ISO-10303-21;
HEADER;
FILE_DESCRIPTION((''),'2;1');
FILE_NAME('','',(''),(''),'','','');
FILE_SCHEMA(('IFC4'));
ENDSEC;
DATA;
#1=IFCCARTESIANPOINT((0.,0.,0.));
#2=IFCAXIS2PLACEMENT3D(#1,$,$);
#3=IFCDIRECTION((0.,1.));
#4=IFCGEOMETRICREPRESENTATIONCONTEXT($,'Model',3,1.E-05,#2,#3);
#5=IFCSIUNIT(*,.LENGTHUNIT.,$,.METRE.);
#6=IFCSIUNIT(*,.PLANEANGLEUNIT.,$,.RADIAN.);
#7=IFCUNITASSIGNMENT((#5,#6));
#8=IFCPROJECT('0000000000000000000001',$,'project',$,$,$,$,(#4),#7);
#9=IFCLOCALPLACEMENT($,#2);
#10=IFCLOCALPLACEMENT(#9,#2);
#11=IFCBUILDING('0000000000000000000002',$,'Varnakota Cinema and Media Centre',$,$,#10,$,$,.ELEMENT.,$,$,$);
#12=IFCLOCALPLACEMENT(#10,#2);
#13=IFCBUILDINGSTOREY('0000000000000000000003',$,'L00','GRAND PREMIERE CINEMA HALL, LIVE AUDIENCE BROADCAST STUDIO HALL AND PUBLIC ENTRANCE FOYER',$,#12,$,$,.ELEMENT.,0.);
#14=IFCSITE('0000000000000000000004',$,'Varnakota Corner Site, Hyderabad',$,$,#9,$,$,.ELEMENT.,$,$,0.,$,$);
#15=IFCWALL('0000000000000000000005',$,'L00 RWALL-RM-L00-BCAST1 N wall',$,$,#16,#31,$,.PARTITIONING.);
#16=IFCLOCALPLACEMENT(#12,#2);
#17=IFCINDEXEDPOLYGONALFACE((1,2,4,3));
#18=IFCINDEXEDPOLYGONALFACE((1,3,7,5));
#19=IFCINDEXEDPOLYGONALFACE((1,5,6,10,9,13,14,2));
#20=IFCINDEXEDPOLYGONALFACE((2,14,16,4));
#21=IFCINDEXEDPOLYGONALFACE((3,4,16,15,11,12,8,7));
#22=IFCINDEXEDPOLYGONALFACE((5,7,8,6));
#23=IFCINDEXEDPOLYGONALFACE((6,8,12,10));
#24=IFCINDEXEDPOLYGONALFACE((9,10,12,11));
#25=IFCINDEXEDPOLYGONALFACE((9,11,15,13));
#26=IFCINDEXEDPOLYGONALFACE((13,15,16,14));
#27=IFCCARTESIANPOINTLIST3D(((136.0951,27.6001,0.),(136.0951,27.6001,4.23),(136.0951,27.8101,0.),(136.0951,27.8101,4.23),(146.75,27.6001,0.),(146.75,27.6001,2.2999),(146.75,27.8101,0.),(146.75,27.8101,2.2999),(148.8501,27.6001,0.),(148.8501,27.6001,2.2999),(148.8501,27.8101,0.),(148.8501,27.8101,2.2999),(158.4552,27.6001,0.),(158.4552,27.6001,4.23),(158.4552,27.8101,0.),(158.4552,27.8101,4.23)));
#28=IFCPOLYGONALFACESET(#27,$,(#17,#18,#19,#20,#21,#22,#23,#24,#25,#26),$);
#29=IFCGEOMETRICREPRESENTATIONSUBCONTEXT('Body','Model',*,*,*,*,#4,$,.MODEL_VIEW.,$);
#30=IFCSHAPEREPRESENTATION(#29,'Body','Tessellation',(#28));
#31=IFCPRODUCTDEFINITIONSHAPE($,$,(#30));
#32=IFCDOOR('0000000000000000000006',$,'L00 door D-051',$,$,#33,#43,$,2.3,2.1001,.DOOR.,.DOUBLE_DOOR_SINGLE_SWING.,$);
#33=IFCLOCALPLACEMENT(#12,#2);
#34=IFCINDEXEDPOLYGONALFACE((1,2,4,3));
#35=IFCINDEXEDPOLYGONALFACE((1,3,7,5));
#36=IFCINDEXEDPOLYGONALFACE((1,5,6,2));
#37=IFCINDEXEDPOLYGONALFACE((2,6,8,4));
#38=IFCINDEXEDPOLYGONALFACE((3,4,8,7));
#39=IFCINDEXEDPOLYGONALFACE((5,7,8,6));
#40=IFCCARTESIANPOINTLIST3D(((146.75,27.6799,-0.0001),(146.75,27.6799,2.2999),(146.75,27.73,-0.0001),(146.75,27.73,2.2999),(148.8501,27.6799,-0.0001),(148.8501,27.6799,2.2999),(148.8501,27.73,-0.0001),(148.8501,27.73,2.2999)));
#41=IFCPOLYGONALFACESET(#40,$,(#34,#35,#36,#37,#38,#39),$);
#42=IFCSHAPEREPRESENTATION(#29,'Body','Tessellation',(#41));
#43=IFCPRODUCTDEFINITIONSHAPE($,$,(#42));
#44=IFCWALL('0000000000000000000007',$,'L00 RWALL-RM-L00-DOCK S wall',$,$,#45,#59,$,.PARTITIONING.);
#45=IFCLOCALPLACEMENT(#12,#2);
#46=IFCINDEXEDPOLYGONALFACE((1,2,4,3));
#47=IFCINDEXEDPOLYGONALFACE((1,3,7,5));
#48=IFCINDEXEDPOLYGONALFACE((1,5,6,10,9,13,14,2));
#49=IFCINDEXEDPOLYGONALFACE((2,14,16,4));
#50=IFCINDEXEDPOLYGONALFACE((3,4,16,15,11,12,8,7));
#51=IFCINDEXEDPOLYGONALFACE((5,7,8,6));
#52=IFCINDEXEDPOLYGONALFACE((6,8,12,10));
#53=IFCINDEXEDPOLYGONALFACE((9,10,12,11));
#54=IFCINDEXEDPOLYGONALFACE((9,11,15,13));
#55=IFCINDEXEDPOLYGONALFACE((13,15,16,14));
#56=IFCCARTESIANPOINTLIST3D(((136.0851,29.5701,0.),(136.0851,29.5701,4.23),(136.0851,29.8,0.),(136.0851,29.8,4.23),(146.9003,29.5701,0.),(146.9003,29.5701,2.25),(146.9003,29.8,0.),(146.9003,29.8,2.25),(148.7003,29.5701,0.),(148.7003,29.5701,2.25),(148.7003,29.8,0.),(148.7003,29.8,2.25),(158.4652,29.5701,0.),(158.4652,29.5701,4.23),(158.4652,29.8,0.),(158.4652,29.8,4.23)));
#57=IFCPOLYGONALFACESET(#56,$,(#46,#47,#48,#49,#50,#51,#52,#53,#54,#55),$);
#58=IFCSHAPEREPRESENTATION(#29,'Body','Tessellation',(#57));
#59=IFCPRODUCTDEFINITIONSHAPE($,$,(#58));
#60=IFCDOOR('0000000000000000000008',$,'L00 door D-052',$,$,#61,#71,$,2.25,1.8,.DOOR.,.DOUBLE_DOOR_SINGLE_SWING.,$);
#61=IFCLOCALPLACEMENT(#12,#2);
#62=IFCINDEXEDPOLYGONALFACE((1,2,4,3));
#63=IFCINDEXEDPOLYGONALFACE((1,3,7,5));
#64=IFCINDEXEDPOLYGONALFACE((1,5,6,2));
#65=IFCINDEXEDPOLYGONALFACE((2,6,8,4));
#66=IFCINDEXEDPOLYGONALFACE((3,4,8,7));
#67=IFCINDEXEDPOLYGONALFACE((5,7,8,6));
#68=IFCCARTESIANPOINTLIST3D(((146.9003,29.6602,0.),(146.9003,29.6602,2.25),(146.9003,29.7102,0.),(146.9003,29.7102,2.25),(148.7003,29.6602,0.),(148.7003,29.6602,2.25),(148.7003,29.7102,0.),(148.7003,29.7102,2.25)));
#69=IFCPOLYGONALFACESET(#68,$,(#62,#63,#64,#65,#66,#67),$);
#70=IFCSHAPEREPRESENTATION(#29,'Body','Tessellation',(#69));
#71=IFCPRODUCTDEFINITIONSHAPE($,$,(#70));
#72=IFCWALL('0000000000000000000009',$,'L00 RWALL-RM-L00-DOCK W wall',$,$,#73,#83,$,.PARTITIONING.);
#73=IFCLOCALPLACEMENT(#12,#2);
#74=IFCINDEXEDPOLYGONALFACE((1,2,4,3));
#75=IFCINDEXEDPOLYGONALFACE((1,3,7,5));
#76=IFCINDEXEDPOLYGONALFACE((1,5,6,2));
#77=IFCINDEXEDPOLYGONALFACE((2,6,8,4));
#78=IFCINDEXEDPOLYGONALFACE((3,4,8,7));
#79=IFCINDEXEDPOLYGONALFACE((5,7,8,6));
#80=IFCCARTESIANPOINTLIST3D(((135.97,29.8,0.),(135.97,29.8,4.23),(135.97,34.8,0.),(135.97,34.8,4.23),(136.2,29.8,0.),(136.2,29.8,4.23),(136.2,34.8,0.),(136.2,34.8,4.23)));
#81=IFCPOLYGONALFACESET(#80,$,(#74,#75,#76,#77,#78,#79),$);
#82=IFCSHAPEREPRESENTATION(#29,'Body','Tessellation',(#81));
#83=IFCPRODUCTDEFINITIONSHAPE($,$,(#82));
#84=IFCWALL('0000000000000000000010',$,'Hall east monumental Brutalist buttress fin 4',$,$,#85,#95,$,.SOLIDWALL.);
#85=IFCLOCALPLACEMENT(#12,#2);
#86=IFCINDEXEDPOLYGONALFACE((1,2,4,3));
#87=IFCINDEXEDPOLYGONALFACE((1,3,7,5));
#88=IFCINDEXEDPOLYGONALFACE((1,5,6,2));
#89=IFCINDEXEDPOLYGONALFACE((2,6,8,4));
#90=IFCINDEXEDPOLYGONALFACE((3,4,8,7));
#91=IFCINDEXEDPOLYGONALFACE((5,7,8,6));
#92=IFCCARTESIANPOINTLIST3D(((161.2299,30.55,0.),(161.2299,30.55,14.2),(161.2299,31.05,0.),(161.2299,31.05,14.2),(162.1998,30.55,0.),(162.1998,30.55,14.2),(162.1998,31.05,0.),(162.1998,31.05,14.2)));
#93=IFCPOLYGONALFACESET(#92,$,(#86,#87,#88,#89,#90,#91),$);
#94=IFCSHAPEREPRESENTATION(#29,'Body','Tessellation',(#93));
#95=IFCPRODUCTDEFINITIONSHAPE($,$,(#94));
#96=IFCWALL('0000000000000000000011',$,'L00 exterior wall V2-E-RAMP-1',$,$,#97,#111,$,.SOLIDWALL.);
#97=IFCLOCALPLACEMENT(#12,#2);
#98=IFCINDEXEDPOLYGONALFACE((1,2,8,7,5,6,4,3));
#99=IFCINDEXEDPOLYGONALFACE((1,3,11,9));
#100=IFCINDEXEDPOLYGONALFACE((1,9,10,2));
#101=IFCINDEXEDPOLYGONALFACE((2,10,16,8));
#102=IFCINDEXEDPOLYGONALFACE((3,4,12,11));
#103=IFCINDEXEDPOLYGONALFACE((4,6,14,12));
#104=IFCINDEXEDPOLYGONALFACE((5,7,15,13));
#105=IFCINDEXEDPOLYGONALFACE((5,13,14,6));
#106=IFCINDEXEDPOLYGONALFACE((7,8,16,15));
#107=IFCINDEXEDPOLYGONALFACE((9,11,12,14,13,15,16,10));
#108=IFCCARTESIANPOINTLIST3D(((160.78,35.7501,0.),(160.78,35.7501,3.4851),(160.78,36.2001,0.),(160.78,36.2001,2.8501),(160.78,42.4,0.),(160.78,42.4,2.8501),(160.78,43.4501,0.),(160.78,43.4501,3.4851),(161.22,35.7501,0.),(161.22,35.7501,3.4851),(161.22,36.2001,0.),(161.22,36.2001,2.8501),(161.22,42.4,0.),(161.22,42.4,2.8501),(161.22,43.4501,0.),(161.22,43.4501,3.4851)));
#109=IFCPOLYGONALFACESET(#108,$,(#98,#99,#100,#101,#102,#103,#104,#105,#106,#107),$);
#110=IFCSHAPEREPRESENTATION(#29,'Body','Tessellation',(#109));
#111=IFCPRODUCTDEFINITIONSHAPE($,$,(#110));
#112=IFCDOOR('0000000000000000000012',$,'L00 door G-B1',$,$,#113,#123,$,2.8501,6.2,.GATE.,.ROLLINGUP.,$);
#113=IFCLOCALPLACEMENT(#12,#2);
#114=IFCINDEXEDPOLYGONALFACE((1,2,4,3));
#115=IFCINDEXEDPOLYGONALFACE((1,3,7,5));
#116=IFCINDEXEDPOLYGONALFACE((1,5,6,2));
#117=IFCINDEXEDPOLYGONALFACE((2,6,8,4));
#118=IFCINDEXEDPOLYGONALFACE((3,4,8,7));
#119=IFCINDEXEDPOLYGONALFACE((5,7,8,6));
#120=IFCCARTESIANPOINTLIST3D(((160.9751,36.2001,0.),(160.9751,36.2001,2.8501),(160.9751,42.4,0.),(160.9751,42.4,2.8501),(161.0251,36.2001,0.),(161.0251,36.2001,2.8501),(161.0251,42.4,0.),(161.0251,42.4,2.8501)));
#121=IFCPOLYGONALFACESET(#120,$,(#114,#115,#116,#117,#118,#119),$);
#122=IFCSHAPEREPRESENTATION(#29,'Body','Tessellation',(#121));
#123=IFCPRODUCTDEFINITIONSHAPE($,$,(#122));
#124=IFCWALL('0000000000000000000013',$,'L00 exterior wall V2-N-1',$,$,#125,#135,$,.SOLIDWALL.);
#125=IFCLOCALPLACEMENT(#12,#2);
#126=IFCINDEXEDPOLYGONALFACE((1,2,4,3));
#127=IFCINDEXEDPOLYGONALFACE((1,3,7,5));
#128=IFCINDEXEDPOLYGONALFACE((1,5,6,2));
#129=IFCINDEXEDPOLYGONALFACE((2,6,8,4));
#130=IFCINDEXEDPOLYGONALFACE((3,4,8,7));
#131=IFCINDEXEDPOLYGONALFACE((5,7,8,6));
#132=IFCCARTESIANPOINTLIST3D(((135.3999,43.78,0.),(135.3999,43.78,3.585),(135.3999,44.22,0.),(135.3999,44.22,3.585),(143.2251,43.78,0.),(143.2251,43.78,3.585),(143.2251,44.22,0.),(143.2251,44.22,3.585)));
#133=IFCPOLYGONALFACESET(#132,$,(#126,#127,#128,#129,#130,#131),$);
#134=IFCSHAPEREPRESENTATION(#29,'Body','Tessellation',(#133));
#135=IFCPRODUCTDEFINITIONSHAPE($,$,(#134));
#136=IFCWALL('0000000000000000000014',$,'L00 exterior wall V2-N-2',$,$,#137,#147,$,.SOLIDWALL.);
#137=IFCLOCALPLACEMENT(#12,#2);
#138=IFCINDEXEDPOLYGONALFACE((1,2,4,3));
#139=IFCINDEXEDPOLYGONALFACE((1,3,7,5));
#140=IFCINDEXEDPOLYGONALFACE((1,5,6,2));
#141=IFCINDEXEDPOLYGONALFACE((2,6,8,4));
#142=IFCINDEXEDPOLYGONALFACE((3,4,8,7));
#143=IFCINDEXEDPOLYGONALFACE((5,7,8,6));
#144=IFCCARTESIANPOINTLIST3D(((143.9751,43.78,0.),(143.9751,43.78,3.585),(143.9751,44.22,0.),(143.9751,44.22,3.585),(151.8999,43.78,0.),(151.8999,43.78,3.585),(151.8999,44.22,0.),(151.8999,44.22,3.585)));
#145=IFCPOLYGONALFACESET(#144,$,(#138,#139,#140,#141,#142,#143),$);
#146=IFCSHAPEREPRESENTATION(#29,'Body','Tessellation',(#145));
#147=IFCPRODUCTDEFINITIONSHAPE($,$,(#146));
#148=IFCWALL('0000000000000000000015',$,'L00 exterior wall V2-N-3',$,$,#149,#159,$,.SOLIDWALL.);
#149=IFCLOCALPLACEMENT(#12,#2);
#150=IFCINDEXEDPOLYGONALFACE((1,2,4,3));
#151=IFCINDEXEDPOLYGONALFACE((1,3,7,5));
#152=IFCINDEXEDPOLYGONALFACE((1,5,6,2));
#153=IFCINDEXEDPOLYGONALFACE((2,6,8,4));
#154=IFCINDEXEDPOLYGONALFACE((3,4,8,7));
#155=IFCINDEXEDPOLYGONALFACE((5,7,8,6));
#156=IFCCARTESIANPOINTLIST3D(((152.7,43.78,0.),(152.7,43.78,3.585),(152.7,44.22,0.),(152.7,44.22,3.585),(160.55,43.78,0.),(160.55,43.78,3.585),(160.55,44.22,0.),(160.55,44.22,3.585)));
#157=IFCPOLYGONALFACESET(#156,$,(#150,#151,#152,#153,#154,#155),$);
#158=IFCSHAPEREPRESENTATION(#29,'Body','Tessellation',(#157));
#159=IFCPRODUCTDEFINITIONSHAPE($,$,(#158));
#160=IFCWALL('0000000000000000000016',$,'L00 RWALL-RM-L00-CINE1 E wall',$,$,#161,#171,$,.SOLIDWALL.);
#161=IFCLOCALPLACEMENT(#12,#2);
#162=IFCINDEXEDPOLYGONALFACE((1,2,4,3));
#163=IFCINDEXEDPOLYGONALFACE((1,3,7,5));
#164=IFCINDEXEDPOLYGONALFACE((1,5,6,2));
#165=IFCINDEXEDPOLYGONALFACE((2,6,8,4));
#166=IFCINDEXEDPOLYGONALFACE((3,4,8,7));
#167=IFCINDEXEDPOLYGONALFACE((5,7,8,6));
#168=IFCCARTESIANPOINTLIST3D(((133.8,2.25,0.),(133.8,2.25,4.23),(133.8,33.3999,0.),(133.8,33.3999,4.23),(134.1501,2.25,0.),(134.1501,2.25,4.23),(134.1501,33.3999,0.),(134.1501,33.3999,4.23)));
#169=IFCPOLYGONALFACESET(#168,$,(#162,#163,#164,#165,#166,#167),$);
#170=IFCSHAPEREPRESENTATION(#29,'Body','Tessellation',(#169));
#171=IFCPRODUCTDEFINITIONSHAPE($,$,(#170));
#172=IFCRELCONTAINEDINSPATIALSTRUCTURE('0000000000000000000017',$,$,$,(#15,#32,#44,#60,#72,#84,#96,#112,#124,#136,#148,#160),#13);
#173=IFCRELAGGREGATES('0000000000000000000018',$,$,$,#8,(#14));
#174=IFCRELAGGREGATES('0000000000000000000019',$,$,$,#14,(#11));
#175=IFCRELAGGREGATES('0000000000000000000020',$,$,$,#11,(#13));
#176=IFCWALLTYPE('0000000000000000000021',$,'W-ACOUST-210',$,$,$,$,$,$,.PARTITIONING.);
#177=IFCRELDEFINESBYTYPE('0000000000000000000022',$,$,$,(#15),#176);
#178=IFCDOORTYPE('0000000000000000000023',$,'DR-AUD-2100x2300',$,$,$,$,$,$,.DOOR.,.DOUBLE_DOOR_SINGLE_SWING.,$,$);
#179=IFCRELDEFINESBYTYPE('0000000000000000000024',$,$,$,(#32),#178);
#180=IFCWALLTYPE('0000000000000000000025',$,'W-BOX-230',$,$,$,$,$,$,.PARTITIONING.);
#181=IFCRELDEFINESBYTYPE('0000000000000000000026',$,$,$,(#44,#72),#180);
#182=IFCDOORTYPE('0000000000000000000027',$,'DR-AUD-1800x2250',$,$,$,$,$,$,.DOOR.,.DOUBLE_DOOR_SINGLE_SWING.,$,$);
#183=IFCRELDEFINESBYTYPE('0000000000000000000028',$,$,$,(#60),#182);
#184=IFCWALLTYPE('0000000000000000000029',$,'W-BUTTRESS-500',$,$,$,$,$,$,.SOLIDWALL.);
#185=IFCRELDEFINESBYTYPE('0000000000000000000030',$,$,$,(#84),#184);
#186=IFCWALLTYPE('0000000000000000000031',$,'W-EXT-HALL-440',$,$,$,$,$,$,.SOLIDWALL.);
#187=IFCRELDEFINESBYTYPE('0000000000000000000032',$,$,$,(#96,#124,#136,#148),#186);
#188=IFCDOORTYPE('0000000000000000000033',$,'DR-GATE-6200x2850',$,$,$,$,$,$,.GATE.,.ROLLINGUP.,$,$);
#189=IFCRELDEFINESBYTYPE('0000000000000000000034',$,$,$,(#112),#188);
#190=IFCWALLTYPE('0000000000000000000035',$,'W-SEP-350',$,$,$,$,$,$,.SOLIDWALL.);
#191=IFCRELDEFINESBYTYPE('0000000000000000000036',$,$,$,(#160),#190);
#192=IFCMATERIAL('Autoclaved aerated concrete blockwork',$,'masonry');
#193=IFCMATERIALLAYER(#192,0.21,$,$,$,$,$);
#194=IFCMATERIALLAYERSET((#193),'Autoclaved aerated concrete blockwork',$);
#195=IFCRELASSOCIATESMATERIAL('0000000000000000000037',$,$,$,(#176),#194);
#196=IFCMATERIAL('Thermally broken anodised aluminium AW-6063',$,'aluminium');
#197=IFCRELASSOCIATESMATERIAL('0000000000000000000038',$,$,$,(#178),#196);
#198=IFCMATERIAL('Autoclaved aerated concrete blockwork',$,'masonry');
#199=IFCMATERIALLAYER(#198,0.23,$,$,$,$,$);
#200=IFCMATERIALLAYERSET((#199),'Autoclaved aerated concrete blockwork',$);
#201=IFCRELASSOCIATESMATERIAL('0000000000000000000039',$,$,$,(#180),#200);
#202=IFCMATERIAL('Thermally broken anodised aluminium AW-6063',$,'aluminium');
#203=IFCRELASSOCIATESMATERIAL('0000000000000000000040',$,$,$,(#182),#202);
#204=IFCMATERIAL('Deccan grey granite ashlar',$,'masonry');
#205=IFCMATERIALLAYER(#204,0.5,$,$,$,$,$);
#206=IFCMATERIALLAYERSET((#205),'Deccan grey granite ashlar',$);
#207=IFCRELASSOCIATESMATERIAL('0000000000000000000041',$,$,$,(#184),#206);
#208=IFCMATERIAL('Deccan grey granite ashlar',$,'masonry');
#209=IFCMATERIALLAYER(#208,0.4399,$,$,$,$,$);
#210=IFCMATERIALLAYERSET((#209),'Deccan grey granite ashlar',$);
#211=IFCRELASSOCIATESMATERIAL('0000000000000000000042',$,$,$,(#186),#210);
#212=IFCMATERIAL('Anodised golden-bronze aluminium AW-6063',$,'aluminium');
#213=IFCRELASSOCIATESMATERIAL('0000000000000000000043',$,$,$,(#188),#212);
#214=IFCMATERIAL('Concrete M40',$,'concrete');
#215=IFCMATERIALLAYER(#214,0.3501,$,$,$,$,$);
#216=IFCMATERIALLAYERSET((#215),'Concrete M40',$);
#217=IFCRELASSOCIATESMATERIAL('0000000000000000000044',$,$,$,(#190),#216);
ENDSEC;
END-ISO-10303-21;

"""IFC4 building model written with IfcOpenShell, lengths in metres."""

from ifc_helpers import new_model, si_unit, direction, frame, frame_2d, origin, place, context, subcontext, project, spatial, rectangle, extrude, material, layer, layer_set, type_object, element, fill, save


model = new_model("IFC4")

# Units and contexts
model_context = context("Model", 3, precision=1e-05, world=origin(), true_north=direction((0.0, 1.0)))
body_context = subcontext(model_context, "Body", "Model", "MODEL_VIEW")
ifc_project = project(units=[si_unit("LENGTHUNIT", "METRE"), si_unit("PLANEANGLEUNIT", "RADIAN")], contexts=[model_context])

# Site, building, storey
site_placement = place(None, origin())
site = spatial("IfcSite", under=ifc_project, at=site_placement, Name="Varnakota Corner Site, Hyderabad", CompositionType="ELEMENT", RefElevation=0.0)
building_placement = place(site_placement, origin())
building = spatial("IfcBuilding", under=site, at=building_placement, Name="Varnakota Cinema and Media Centre", CompositionType="ELEMENT")
storey_placement = place(building_placement, origin())
storey = spatial("IfcBuildingStorey", under=building, at=storey_placement, Name="L00", Description="GRAND PREMIERE CINEMA HALL, LIVE AUDIENCE BROADCAST STUDIO HALL AND PUBLIC ENTRANCE FOYER", CompositionType="ELEMENT", Elevation=0.0)

# Walls, openings, doors
ifc_material_1 = material(Name="Autoclaved aerated concrete blockwork", Category="masonry")
ifc_layer_1 = layer(ifc_material_1, 0.21)
ifc_layer_set_1 = layer_set([ifc_layer_1], Name="Autoclaved aerated concrete blockwork")
wall_type_1 = type_object("IfcWallType", Name="W-ACOUST-210", PredefinedType="PARTITIONING", material=ifc_layer_set_1)
wall_1_placement = place(storey_placement, frame((136.095, 27.7051, 0.0), z_axis=(0.0, 0.0, 1.0), x_axis=(1.0, 0.0, 0.0)))
wall_1 = element("IfcWall", 1, at=wall_1_placement, inside=storey, type_object=wall_type_1, Name="L00 RWALL-RM-L00-BCAST1 N wall", PredefinedType="PARTITIONING", context=body_context, shape_type="SweptSolid", body=[
    extrude(rectangle(XDim=22.3601, YDim=0.21, at=frame_2d((11.1802, 0.0))), origin(), (0.0, 0.0, 1.0), 4.23),
])
opening_1_placement = place(wall_1_placement, frame((10.655, 0.0, 0.0)))
opening_1 = element("IfcOpeningElement", 2, at=opening_1_placement, cuts=wall_1, PredefinedType="OPENING", context=body_context, shape_type="SweptSolid", body=[
    extrude(rectangle(XDim=2.1001, YDim=2.3, at=frame_2d((1.05, 1.1499))), frame((0.0, 0.105, 0.0), z_axis=(0.0, -1.0, 0.0), x_axis=(1.0, 0.0, 0.0)), (0.0, 0.0, 1.0), 0.21),
])
ifc_material_2 = material(Name="Thermally broken anodised aluminium AW-6063", Category="aluminium")
door_type_1 = type_object("IfcDoorType", Name="DR-AUD-2100x2300", OperationType="DOUBLE_DOOR_SINGLE_SWING", PredefinedType="DOOR", material=ifc_material_2)
door_1_placement = place(opening_1_placement, origin())
door_1 = element("IfcDoor", 3, at=door_1_placement, inside=storey, type_object=door_type_1, Name="L00 door D-051", OperationType="DOUBLE_DOOR_SINGLE_SWING", OverallHeight=2.3, OverallWidth=2.1001, PredefinedType="DOOR", context=body_context, shape_type="SweptSolid", body=[
    extrude(rectangle(XDim=2.1001, YDim=2.3, at=frame_2d((1.05, 1.1499))), frame((0.0, 0.0249, 0.0), z_axis=(0.0, -1.0, 0.0), x_axis=(1.0, 0.0, 0.0)), (0.0, 0.0, 1.0), 0.05),
])
fill(opening_1, door_1)
ifc_material_3 = material(Name="Autoclaved aerated concrete blockwork", Category="masonry")
ifc_layer_2 = layer(ifc_material_3, 0.23)
ifc_layer_set_2 = layer_set([ifc_layer_2], Name="Autoclaved aerated concrete blockwork")
wall_type_2 = type_object("IfcWallType", Name="W-BOX-230", PredefinedType="PARTITIONING", material=ifc_layer_set_2)
wall_2_placement = place(storey_placement, frame((158.4651, 29.6851, 0.0), z_axis=(0.0, 0.0, 1.0), x_axis=(-1.0, 0.0, 0.0)))
wall_2 = element("IfcWall", 4, at=wall_2_placement, inside=storey, type_object=wall_type_2, Name="L00 RWALL-RM-L00-DOCK S wall", PredefinedType="PARTITIONING", context=body_context, shape_type="SweptSolid", body=[
    extrude(rectangle(XDim=22.3801, YDim=0.23, at=frame_2d((11.1899, 0.0))), origin(), (0.0, 0.0, 1.0), 4.23),
])
opening_2_placement = place(wall_2_placement, frame((9.7649, 0.0, 0.0)))
opening_2 = element("IfcOpeningElement", 5, at=opening_2_placement, cuts=wall_2, PredefinedType="OPENING", context=body_context, shape_type="SweptSolid", body=[
    extrude(rectangle(XDim=1.8, YDim=2.25, at=frame_2d((0.8999, 1.125))), frame((0.0, 0.115, 0.0), z_axis=(0.0, -1.0, 0.0), x_axis=(1.0, 0.0, 0.0)), (0.0, 0.0, 1.0), 0.23),
])
ifc_material_4 = material(Name="Thermally broken anodised aluminium AW-6063", Category="aluminium")
door_type_2 = type_object("IfcDoorType", Name="DR-AUD-1800x2250", OperationType="DOUBLE_DOOR_SINGLE_SWING", PredefinedType="DOOR", material=ifc_material_4)
door_2_placement = place(opening_2_placement, origin())
door_2 = element("IfcDoor", 6, at=door_2_placement, inside=storey, type_object=door_type_2, Name="L00 door D-052", OperationType="DOUBLE_DOOR_SINGLE_SWING", OverallHeight=2.25, OverallWidth=1.8, PredefinedType="DOOR", context=body_context, shape_type="SweptSolid", body=[
    extrude(rectangle(XDim=1.8, YDim=2.25, at=frame_2d((0.8999, 1.125))), frame((0.0, 0.0249, 0.0), z_axis=(0.0, -1.0, 0.0), x_axis=(1.0, 0.0, 0.0)), (0.0, 0.0, 1.0), 0.05),
])
fill(opening_2, door_2)

# Walls
wall_3_placement = place(storey_placement, frame((136.085, 29.8, 0.0), z_axis=(0.0, 0.0, 1.0), x_axis=(0.0, 1.0, 0.0)))
element("IfcWall", 7, at=wall_3_placement, inside=storey, type_object=wall_type_2, Name="L00 RWALL-RM-L00-DOCK W wall", PredefinedType="PARTITIONING", context=body_context, shape_type="SweptSolid", body=[
    extrude(rectangle(XDim=5.0, YDim=0.23, at=frame_2d((2.5, 0.0))), origin(), (0.0, 0.0, 1.0), 4.23),
])
ifc_material_5 = material(Name="Deccan grey granite ashlar", Category="masonry")
ifc_layer_3 = layer(ifc_material_5, 0.5)
ifc_layer_set_3 = layer_set([ifc_layer_3], Name="Deccan grey granite ashlar")
wall_type_3 = type_object("IfcWallType", Name="W-BUTTRESS-500", PredefinedType="SOLIDWALL", material=ifc_layer_set_3)
wall_4_placement = place(storey_placement, frame((161.23, 30.8, 0.0), z_axis=(0.0, 0.0, 1.0), x_axis=(1.0, 0.0, 0.0)))
element("IfcWall", 8, at=wall_4_placement, inside=storey, type_object=wall_type_3, Name="Hall east monumental Brutalist buttress fin 4", PredefinedType="SOLIDWALL", context=body_context, shape_type="SweptSolid", body=[
    extrude(rectangle(XDim=0.97, YDim=0.5, at=frame_2d((0.4849, 0.0))), origin(), (0.0, 0.0, 1.0), 14.2),
])

# Wall, opening, door
ifc_material_6 = material(Name="Deccan grey granite ashlar", Category="masonry")
ifc_layer_4 = layer(ifc_material_6, 0.4399)
ifc_layer_set_4 = layer_set([ifc_layer_4], Name="Deccan grey granite ashlar")
wall_type_4 = type_object("IfcWallType", Name="W-EXT-HALL-440", PredefinedType="SOLIDWALL", material=ifc_layer_set_4)
wall_5_placement = place(storey_placement, frame((161.0, 35.75, 0.0), z_axis=(0.0, 0.0, 1.0), x_axis=(0.0, 1.0, 0.0)))
wall_5 = element("IfcWall", 9, at=wall_5_placement, inside=storey, type_object=wall_type_4, Name="L00 exterior wall V2-E-RAMP-1", PredefinedType="SOLIDWALL", context=body_context, shape_type="SweptSolid", body=[
    extrude(rectangle(XDim=7.7, YDim=0.4399, at=frame_2d((3.8501, 0.0))), origin(), (0.0, 0.0, 1.0), 3.4851),
])
opening_3_placement = place(wall_5_placement, frame((0.45, 0.0, 0.0)))
opening_3 = element("IfcOpeningElement", 10, at=opening_3_placement, cuts=wall_5, PredefinedType="OPENING", context=body_context, shape_type="SweptSolid", body=[
    extrude(rectangle(XDim=6.2, YDim=2.8501, at=frame_2d((3.1001, 1.425))), frame((0.0, 0.22, 0.0), z_axis=(0.0, -1.0, 0.0), x_axis=(1.0, 0.0, 0.0)), (0.0, 0.0, 1.0), 0.4399),
])
ifc_material_7 = material(Name="Anodised golden-bronze aluminium AW-6063", Category="aluminium")
door_type_3 = type_object("IfcDoorType", Name="DR-GATE-6200x2850", OperationType="ROLLINGUP", PredefinedType="GATE", material=ifc_material_7)
door_3_placement = place(opening_3_placement, origin())
door_3 = element("IfcDoor", 11, at=door_3_placement, inside=storey, type_object=door_type_3, Name="L00 door G-B1", OperationType="ROLLINGUP", OverallHeight=2.8501, OverallWidth=6.2, PredefinedType="GATE", context=body_context, shape_type="SweptSolid", body=[
    extrude(rectangle(XDim=6.2, YDim=2.8501, at=frame_2d((3.1001, 1.425))), frame((0.0, 0.0249, 0.0), z_axis=(0.0, -1.0, 0.0), x_axis=(1.0, 0.0, 0.0)), (0.0, 0.0, 1.0), 0.05),
])
fill(opening_3, door_3)

# Walls
wall_6_placement = place(storey_placement, frame((135.3999, 44.0, 0.0), z_axis=(0.0, 0.0, 1.0), x_axis=(1.0, 0.0, 0.0)))
element("IfcWall", 12, at=wall_6_placement, inside=storey, type_object=wall_type_4, Name="L00 exterior wall V2-N-1", PredefinedType="SOLIDWALL", context=body_context, shape_type="SweptSolid", body=[
    extrude(rectangle(XDim=7.8252, YDim=0.4399, at=frame_2d((3.9126, 0.0))), origin(), (0.0, 0.0, 1.0), 3.585),
])
wall_7_placement = place(storey_placement, frame((143.9751, 44.0, 0.0), z_axis=(0.0, 0.0, 1.0), x_axis=(1.0, 0.0, 0.0)))
element("IfcWall", 13, at=wall_7_placement, inside=storey, type_object=wall_type_4, Name="L00 exterior wall V2-N-2", PredefinedType="SOLIDWALL", context=body_context, shape_type="SweptSolid", body=[
    extrude(rectangle(XDim=7.9248, YDim=0.4399, at=frame_2d((3.9624, 0.0))), origin(), (0.0, 0.0, 1.0), 3.585),
])
wall_8_placement = place(storey_placement, frame((152.7, 44.0, 0.0), z_axis=(0.0, 0.0, 1.0), x_axis=(1.0, 0.0, 0.0)))
element("IfcWall", 14, at=wall_8_placement, inside=storey, type_object=wall_type_4, Name="L00 exterior wall V2-N-3", PredefinedType="SOLIDWALL", context=body_context, shape_type="SweptSolid", body=[
    extrude(rectangle(XDim=7.8501, YDim=0.4399, at=frame_2d((3.925, 0.0))), origin(), (0.0, 0.0, 1.0), 3.585),
])
ifc_material_8 = material(Name="Concrete M40", Category="concrete")
ifc_layer_5 = layer(ifc_material_8, 0.3501)
ifc_layer_set_5 = layer_set([ifc_layer_5], Name="Concrete M40")
wall_type_5 = type_object("IfcWallType", Name="W-SEP-350", PredefinedType="SOLIDWALL", material=ifc_layer_set_5)
wall_9_placement = place(storey_placement, frame((133.9751, 33.3999, 0.0), z_axis=(0.0, 0.0, 1.0), x_axis=(0.0, -1.0, 0.0)))
element("IfcWall", 15, at=wall_9_placement, inside=storey, type_object=wall_type_5, Name="L00 RWALL-RM-L00-CINE1 E wall", PredefinedType="SOLIDWALL", context=body_context, shape_type="SweptSolid", body=[
    extrude(rectangle(XDim=31.1499, YDim=0.3501, at=frame_2d((15.575, 0.0))), origin(), (0.0, 0.0, 1.0), 4.23),
])

save(model, "model.ifc")
